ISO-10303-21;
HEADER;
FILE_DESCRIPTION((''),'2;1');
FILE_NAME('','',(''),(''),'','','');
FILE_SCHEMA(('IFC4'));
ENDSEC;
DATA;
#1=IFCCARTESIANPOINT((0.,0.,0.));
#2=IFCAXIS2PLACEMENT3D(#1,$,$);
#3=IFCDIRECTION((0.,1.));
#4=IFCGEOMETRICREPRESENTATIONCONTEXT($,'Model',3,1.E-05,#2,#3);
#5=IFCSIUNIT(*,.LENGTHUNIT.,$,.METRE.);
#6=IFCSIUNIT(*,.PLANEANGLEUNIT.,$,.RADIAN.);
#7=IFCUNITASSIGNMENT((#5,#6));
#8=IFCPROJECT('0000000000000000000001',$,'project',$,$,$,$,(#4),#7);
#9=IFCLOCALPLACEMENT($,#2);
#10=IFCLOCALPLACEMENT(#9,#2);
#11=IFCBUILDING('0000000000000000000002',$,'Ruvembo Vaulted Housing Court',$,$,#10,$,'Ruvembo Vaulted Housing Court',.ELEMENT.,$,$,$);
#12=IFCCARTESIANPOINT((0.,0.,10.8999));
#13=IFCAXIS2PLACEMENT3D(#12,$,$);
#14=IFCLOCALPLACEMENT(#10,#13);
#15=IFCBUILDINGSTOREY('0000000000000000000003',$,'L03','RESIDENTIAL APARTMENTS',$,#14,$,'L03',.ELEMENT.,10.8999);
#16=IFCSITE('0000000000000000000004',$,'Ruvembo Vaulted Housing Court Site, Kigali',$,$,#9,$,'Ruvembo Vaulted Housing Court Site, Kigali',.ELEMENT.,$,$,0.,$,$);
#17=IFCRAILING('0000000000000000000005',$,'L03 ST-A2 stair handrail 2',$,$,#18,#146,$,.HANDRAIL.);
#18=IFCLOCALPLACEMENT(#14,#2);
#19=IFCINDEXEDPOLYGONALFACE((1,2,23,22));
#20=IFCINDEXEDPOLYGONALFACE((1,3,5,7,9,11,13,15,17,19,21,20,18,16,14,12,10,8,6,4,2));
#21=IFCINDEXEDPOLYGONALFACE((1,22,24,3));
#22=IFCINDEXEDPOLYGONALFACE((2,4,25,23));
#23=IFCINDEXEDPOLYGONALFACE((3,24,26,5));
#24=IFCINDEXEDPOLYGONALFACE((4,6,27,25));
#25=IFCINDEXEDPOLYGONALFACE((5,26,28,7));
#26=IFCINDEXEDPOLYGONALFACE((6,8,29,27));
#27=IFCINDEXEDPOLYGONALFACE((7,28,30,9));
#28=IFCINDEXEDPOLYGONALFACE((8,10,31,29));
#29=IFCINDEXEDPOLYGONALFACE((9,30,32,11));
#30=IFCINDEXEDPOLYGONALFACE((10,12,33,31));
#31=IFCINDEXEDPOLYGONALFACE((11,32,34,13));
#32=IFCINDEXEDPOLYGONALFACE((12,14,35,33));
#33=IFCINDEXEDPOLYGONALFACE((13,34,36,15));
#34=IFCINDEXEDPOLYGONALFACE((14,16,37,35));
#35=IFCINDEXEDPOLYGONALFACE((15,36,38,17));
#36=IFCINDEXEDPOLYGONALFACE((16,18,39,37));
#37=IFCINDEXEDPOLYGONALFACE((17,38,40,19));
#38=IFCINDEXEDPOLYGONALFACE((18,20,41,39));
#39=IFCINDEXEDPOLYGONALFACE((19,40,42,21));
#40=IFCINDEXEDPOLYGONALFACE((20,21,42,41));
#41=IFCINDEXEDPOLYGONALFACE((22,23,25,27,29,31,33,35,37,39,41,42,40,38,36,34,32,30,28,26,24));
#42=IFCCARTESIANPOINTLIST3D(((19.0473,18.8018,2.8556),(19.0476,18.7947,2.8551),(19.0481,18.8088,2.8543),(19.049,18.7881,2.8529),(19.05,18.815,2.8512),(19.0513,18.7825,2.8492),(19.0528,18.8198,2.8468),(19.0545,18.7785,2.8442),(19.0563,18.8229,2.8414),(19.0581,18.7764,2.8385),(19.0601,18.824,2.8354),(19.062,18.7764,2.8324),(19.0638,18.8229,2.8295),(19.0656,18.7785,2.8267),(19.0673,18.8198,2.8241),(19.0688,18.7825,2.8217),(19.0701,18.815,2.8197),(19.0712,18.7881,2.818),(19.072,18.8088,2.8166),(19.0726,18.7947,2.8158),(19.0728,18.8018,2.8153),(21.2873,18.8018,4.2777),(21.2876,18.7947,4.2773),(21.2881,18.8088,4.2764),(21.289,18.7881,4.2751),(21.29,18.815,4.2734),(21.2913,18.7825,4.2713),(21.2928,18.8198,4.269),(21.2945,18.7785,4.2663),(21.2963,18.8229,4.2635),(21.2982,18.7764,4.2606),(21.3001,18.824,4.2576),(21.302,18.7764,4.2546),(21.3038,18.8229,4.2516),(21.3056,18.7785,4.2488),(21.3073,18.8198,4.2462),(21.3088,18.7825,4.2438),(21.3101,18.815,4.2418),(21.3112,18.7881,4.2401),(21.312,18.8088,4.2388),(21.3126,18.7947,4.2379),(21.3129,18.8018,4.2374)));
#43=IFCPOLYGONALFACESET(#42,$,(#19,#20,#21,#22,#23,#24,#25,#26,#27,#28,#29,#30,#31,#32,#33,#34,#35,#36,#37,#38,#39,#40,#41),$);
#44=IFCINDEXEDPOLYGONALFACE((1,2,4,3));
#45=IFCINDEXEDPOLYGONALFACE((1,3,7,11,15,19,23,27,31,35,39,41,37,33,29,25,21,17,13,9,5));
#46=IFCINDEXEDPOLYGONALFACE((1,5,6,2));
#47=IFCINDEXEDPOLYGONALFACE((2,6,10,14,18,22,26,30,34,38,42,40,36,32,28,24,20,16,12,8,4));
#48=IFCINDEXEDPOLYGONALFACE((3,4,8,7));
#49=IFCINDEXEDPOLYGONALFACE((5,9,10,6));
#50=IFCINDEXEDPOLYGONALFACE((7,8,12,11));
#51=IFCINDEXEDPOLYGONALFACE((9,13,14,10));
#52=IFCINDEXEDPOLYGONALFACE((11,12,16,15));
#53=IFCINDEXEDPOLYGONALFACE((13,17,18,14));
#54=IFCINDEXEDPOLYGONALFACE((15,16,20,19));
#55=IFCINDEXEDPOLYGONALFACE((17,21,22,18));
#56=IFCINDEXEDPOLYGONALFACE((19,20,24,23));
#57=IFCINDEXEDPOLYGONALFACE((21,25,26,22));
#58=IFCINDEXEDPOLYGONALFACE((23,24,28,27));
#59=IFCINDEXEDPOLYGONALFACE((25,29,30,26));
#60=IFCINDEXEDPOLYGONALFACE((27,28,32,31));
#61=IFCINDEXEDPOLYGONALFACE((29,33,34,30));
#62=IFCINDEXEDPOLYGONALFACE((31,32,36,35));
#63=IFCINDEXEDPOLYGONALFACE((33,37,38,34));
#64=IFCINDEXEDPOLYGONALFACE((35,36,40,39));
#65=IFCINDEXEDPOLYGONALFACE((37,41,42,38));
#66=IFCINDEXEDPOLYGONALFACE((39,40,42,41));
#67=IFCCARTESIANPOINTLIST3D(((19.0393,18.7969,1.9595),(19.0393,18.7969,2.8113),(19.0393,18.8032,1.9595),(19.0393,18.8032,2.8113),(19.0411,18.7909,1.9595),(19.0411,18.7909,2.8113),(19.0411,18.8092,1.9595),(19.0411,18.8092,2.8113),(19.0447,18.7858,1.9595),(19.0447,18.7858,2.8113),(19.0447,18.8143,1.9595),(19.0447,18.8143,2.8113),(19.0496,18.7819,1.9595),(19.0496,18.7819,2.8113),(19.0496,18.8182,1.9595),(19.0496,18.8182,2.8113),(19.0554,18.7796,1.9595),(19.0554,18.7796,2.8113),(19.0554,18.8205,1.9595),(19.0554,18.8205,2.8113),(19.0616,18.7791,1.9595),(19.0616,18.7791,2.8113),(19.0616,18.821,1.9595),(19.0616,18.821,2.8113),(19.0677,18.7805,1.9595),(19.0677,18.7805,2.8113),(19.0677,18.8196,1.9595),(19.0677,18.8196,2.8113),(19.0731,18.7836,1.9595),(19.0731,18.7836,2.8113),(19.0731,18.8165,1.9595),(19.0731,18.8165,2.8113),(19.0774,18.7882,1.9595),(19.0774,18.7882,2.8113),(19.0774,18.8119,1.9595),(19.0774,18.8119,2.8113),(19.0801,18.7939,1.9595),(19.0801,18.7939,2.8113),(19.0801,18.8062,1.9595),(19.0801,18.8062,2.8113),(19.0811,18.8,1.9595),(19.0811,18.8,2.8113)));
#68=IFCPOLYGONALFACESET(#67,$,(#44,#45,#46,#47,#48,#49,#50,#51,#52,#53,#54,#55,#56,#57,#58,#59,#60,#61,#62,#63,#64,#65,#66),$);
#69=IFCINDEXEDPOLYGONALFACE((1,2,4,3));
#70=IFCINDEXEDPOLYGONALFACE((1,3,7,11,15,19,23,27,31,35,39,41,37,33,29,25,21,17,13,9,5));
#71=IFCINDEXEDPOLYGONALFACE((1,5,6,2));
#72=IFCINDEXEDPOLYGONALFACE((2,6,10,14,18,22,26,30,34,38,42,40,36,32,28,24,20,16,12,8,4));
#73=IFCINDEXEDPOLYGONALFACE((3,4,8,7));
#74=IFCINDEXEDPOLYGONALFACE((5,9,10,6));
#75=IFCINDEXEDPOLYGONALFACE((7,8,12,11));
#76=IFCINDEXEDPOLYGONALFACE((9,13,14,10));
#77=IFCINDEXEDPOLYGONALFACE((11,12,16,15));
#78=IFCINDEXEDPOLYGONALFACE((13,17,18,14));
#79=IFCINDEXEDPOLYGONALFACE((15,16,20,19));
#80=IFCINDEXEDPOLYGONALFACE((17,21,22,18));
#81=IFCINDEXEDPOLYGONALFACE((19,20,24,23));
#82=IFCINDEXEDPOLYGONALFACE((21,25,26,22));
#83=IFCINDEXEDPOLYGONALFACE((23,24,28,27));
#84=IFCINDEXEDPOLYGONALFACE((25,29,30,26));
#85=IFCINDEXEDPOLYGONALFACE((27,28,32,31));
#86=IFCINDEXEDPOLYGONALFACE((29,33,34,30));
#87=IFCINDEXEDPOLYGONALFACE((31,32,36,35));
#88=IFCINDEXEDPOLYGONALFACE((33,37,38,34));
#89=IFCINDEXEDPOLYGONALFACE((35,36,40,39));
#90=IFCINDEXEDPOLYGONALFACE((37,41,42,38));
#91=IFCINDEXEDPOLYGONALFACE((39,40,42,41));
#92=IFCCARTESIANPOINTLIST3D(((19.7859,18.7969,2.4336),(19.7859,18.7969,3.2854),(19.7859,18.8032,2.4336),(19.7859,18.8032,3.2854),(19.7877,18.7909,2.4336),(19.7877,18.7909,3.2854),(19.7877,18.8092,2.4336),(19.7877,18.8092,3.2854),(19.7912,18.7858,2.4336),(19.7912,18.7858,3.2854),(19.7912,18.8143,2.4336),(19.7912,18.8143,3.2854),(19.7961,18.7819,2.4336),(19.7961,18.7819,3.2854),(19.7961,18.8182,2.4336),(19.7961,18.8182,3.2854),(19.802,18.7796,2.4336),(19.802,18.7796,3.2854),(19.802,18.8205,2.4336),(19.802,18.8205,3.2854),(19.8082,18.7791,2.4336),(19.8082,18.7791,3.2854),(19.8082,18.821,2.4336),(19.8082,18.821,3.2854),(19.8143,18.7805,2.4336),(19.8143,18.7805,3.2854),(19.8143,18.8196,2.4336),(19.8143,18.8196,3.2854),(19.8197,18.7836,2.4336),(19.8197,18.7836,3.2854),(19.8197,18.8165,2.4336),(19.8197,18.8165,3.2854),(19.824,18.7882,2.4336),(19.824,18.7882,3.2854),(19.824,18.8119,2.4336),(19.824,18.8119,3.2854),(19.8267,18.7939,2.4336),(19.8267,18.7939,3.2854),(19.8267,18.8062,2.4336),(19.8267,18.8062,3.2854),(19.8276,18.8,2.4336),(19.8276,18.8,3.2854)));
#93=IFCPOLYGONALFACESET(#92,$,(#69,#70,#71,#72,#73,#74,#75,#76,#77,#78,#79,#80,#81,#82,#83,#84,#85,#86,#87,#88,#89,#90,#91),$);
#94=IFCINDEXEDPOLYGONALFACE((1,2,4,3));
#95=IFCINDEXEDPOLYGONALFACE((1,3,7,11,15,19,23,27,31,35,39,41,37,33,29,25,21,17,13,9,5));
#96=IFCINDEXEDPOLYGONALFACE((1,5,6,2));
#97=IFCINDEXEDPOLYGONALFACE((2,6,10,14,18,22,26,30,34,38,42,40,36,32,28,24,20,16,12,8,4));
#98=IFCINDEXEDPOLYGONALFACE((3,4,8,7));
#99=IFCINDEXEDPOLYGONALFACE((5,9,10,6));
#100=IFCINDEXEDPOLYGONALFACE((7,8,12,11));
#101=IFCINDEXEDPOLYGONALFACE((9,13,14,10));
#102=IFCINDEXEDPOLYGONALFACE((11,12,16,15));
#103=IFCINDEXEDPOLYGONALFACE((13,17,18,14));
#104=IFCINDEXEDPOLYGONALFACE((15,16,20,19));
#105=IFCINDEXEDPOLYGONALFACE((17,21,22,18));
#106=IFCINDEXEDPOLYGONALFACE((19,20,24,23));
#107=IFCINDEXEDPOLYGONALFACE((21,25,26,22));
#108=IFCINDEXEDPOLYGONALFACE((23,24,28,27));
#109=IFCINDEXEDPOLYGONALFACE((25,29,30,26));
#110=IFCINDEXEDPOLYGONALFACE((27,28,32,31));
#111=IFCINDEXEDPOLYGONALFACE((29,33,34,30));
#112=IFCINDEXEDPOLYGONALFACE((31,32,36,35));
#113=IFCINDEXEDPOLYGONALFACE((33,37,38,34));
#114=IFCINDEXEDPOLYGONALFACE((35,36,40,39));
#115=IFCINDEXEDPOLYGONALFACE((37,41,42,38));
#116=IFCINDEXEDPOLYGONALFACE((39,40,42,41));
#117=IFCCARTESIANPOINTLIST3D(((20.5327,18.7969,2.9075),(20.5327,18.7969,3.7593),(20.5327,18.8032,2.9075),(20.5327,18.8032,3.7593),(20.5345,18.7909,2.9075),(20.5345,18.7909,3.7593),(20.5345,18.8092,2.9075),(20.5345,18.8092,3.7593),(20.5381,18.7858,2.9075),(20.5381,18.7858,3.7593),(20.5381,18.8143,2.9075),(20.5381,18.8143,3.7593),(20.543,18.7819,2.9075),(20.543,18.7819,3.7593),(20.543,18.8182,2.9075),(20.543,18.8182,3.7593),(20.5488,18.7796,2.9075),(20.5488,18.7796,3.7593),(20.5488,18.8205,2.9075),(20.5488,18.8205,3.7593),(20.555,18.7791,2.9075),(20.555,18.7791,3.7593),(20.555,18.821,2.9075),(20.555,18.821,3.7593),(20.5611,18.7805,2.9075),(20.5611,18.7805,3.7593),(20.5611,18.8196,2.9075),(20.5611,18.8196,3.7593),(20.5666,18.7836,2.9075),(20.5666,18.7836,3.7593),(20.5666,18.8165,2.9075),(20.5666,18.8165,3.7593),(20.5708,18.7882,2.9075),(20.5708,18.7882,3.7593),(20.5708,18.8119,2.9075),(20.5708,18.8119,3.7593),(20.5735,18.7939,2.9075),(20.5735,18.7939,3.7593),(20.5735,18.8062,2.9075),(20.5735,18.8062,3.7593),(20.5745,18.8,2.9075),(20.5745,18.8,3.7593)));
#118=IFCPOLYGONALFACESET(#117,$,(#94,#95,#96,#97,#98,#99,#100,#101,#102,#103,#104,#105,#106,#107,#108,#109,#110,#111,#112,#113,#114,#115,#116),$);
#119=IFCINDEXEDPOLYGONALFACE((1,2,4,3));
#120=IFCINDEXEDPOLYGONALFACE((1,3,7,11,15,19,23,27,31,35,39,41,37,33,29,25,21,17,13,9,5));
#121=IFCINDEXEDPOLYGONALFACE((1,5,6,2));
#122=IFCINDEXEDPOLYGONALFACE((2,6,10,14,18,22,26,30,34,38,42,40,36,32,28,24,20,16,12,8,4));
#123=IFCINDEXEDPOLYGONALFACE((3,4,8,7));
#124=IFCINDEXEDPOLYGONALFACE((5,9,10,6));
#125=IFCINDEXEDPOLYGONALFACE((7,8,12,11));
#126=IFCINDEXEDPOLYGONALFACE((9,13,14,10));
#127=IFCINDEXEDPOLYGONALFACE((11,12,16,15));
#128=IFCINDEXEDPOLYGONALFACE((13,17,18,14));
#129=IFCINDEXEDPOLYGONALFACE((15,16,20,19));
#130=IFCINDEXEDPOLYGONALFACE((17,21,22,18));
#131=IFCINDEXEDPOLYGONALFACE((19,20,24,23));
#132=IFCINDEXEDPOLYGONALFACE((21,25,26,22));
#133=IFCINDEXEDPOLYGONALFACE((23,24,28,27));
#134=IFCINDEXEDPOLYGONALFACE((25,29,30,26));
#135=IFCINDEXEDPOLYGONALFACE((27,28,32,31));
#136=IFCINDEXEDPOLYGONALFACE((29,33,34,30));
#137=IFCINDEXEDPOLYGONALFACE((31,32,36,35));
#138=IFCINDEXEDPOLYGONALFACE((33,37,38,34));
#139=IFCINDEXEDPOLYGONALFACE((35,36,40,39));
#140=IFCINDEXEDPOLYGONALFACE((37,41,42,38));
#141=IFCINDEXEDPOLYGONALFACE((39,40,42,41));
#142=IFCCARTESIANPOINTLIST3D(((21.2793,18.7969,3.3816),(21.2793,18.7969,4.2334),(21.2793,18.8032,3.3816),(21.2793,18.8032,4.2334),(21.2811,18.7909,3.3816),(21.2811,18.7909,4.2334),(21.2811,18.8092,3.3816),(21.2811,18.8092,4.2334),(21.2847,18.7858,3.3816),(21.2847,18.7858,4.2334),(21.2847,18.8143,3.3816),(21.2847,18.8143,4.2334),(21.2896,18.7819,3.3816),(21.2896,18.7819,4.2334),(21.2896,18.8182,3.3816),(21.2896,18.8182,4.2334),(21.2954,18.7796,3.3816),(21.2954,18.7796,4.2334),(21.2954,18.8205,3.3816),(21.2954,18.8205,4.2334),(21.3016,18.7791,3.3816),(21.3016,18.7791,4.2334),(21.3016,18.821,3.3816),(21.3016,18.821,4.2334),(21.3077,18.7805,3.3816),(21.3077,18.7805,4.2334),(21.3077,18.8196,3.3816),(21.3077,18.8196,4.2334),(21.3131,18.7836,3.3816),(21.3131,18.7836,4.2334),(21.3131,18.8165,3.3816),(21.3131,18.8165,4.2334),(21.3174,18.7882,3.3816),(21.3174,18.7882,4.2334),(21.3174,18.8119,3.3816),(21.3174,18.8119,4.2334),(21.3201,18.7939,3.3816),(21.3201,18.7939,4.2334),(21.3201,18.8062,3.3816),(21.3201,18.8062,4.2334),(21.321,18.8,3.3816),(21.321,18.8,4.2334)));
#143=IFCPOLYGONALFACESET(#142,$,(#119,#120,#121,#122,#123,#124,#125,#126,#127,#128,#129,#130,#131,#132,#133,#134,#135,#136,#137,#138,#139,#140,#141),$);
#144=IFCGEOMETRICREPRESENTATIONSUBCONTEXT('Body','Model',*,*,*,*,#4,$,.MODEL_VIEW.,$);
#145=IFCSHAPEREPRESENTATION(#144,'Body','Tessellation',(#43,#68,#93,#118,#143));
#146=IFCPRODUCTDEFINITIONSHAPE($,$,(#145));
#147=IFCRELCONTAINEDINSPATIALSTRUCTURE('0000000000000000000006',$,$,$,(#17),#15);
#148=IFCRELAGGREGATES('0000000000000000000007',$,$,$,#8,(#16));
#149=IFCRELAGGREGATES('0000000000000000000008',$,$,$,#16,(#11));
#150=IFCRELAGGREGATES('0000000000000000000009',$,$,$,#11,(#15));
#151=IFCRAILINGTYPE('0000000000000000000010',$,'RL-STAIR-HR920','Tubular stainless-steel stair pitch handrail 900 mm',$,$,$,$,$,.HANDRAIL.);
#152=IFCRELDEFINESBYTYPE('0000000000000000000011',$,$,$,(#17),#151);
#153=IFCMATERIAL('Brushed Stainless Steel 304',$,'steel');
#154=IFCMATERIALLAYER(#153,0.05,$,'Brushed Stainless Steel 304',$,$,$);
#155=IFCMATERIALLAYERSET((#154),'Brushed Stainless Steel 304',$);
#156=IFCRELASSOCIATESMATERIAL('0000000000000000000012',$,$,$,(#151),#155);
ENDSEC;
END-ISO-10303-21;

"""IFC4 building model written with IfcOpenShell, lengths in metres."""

from ifc_helpers import new_model, si_unit, direction, frame, origin, origin_2d, place, context, subcontext, project, spatial, circle, extrude, material, layer, layer_set, type_object, element, save


model = new_model("IFC4")

# Units and contexts
model_context = context("Model", 3, precision=1e-05, world=origin(), true_north=direction((0.0, 1.0)))
body_context = subcontext(model_context, "Body", "Model", "MODEL_VIEW")
ifc_project = project(units=[si_unit("LENGTHUNIT", "METRE"), si_unit("PLANEANGLEUNIT", "RADIAN")], contexts=[model_context])

# Site, building, storey
site_placement = place(None, origin())
site = spatial("IfcSite", under=ifc_project, at=site_placement, Name="Ruvembo Vaulted Housing Court Site, Kigali", LongName="Ruvembo Vaulted Housing Court Site, Kigali", CompositionType="ELEMENT", RefElevation=0.0)
building_placement = place(site_placement, origin())
building = spatial("IfcBuilding", under=site, at=building_placement, Name="Ruvembo Vaulted Housing Court", LongName="Ruvembo Vaulted Housing Court", CompositionType="ELEMENT")
storey_placement = place(building_placement, frame((0.0, 0.0, 10.8999)))
storey = spatial("IfcBuildingStorey", under=building, at=storey_placement, Name="L03", Description="RESIDENTIAL APARTMENTS", LongName="L03", CompositionType="ELEMENT", Elevation=10.8999)

# Railing
ifc_material_1 = material(Name="Brushed Stainless Steel 304", Category="steel")
ifc_layer_1 = layer(ifc_material_1, 0.05, Name="Brushed Stainless Steel 304")
ifc_layer_set_1 = layer_set([ifc_layer_1], Name="Brushed Stainless Steel 304")
railing_type_1 = type_object("IfcRailingType", Name="RL-STAIR-HR920", Description="Tubular stainless-steel stair pitch handrail 900 mm", PredefinedType="HANDRAIL", material=ifc_layer_set_1)
railing_1_placement = place(storey_placement, frame((19.0601, 18.8, 1.9595)))
element("IfcRailing", 1, at=railing_1_placement, inside=storey, type_object=railing_type_1, Name="L03 ST-A2 stair handrail 2", PredefinedType="HANDRAIL", context=body_context, shape_type="SweptSolid", body=[
    extrude(circle(Radius=0.0239, at=origin_2d()), frame((0.0, 0.0, 0.876), z_axis=(0.844229, 0.0, 0.535982), x_axis=(0.0, 1.0, 0.0)), (0.0, 0.0, 1.0), 2.6533),
    extrude(circle(Radius=0.021, at=origin_2d()), origin(), (0.0, 0.0, 1.0), 0.8518),
    extrude(circle(Radius=0.021, at=origin_2d()), frame((0.7466, 0.0, 0.4741)), (0.0, 0.0, 1.0), 0.8518),
    extrude(circle(Radius=0.021, at=origin_2d()), frame((1.4934, 0.0, 0.948)), (0.0, 0.0, 1.0), 0.8518),
    extrude(circle(Radius=0.021, at=origin_2d()), frame((2.24, 0.0, 1.4221)), (0.0, 0.0, 1.0), 0.8518),
])

save(model, "model.ifc")
